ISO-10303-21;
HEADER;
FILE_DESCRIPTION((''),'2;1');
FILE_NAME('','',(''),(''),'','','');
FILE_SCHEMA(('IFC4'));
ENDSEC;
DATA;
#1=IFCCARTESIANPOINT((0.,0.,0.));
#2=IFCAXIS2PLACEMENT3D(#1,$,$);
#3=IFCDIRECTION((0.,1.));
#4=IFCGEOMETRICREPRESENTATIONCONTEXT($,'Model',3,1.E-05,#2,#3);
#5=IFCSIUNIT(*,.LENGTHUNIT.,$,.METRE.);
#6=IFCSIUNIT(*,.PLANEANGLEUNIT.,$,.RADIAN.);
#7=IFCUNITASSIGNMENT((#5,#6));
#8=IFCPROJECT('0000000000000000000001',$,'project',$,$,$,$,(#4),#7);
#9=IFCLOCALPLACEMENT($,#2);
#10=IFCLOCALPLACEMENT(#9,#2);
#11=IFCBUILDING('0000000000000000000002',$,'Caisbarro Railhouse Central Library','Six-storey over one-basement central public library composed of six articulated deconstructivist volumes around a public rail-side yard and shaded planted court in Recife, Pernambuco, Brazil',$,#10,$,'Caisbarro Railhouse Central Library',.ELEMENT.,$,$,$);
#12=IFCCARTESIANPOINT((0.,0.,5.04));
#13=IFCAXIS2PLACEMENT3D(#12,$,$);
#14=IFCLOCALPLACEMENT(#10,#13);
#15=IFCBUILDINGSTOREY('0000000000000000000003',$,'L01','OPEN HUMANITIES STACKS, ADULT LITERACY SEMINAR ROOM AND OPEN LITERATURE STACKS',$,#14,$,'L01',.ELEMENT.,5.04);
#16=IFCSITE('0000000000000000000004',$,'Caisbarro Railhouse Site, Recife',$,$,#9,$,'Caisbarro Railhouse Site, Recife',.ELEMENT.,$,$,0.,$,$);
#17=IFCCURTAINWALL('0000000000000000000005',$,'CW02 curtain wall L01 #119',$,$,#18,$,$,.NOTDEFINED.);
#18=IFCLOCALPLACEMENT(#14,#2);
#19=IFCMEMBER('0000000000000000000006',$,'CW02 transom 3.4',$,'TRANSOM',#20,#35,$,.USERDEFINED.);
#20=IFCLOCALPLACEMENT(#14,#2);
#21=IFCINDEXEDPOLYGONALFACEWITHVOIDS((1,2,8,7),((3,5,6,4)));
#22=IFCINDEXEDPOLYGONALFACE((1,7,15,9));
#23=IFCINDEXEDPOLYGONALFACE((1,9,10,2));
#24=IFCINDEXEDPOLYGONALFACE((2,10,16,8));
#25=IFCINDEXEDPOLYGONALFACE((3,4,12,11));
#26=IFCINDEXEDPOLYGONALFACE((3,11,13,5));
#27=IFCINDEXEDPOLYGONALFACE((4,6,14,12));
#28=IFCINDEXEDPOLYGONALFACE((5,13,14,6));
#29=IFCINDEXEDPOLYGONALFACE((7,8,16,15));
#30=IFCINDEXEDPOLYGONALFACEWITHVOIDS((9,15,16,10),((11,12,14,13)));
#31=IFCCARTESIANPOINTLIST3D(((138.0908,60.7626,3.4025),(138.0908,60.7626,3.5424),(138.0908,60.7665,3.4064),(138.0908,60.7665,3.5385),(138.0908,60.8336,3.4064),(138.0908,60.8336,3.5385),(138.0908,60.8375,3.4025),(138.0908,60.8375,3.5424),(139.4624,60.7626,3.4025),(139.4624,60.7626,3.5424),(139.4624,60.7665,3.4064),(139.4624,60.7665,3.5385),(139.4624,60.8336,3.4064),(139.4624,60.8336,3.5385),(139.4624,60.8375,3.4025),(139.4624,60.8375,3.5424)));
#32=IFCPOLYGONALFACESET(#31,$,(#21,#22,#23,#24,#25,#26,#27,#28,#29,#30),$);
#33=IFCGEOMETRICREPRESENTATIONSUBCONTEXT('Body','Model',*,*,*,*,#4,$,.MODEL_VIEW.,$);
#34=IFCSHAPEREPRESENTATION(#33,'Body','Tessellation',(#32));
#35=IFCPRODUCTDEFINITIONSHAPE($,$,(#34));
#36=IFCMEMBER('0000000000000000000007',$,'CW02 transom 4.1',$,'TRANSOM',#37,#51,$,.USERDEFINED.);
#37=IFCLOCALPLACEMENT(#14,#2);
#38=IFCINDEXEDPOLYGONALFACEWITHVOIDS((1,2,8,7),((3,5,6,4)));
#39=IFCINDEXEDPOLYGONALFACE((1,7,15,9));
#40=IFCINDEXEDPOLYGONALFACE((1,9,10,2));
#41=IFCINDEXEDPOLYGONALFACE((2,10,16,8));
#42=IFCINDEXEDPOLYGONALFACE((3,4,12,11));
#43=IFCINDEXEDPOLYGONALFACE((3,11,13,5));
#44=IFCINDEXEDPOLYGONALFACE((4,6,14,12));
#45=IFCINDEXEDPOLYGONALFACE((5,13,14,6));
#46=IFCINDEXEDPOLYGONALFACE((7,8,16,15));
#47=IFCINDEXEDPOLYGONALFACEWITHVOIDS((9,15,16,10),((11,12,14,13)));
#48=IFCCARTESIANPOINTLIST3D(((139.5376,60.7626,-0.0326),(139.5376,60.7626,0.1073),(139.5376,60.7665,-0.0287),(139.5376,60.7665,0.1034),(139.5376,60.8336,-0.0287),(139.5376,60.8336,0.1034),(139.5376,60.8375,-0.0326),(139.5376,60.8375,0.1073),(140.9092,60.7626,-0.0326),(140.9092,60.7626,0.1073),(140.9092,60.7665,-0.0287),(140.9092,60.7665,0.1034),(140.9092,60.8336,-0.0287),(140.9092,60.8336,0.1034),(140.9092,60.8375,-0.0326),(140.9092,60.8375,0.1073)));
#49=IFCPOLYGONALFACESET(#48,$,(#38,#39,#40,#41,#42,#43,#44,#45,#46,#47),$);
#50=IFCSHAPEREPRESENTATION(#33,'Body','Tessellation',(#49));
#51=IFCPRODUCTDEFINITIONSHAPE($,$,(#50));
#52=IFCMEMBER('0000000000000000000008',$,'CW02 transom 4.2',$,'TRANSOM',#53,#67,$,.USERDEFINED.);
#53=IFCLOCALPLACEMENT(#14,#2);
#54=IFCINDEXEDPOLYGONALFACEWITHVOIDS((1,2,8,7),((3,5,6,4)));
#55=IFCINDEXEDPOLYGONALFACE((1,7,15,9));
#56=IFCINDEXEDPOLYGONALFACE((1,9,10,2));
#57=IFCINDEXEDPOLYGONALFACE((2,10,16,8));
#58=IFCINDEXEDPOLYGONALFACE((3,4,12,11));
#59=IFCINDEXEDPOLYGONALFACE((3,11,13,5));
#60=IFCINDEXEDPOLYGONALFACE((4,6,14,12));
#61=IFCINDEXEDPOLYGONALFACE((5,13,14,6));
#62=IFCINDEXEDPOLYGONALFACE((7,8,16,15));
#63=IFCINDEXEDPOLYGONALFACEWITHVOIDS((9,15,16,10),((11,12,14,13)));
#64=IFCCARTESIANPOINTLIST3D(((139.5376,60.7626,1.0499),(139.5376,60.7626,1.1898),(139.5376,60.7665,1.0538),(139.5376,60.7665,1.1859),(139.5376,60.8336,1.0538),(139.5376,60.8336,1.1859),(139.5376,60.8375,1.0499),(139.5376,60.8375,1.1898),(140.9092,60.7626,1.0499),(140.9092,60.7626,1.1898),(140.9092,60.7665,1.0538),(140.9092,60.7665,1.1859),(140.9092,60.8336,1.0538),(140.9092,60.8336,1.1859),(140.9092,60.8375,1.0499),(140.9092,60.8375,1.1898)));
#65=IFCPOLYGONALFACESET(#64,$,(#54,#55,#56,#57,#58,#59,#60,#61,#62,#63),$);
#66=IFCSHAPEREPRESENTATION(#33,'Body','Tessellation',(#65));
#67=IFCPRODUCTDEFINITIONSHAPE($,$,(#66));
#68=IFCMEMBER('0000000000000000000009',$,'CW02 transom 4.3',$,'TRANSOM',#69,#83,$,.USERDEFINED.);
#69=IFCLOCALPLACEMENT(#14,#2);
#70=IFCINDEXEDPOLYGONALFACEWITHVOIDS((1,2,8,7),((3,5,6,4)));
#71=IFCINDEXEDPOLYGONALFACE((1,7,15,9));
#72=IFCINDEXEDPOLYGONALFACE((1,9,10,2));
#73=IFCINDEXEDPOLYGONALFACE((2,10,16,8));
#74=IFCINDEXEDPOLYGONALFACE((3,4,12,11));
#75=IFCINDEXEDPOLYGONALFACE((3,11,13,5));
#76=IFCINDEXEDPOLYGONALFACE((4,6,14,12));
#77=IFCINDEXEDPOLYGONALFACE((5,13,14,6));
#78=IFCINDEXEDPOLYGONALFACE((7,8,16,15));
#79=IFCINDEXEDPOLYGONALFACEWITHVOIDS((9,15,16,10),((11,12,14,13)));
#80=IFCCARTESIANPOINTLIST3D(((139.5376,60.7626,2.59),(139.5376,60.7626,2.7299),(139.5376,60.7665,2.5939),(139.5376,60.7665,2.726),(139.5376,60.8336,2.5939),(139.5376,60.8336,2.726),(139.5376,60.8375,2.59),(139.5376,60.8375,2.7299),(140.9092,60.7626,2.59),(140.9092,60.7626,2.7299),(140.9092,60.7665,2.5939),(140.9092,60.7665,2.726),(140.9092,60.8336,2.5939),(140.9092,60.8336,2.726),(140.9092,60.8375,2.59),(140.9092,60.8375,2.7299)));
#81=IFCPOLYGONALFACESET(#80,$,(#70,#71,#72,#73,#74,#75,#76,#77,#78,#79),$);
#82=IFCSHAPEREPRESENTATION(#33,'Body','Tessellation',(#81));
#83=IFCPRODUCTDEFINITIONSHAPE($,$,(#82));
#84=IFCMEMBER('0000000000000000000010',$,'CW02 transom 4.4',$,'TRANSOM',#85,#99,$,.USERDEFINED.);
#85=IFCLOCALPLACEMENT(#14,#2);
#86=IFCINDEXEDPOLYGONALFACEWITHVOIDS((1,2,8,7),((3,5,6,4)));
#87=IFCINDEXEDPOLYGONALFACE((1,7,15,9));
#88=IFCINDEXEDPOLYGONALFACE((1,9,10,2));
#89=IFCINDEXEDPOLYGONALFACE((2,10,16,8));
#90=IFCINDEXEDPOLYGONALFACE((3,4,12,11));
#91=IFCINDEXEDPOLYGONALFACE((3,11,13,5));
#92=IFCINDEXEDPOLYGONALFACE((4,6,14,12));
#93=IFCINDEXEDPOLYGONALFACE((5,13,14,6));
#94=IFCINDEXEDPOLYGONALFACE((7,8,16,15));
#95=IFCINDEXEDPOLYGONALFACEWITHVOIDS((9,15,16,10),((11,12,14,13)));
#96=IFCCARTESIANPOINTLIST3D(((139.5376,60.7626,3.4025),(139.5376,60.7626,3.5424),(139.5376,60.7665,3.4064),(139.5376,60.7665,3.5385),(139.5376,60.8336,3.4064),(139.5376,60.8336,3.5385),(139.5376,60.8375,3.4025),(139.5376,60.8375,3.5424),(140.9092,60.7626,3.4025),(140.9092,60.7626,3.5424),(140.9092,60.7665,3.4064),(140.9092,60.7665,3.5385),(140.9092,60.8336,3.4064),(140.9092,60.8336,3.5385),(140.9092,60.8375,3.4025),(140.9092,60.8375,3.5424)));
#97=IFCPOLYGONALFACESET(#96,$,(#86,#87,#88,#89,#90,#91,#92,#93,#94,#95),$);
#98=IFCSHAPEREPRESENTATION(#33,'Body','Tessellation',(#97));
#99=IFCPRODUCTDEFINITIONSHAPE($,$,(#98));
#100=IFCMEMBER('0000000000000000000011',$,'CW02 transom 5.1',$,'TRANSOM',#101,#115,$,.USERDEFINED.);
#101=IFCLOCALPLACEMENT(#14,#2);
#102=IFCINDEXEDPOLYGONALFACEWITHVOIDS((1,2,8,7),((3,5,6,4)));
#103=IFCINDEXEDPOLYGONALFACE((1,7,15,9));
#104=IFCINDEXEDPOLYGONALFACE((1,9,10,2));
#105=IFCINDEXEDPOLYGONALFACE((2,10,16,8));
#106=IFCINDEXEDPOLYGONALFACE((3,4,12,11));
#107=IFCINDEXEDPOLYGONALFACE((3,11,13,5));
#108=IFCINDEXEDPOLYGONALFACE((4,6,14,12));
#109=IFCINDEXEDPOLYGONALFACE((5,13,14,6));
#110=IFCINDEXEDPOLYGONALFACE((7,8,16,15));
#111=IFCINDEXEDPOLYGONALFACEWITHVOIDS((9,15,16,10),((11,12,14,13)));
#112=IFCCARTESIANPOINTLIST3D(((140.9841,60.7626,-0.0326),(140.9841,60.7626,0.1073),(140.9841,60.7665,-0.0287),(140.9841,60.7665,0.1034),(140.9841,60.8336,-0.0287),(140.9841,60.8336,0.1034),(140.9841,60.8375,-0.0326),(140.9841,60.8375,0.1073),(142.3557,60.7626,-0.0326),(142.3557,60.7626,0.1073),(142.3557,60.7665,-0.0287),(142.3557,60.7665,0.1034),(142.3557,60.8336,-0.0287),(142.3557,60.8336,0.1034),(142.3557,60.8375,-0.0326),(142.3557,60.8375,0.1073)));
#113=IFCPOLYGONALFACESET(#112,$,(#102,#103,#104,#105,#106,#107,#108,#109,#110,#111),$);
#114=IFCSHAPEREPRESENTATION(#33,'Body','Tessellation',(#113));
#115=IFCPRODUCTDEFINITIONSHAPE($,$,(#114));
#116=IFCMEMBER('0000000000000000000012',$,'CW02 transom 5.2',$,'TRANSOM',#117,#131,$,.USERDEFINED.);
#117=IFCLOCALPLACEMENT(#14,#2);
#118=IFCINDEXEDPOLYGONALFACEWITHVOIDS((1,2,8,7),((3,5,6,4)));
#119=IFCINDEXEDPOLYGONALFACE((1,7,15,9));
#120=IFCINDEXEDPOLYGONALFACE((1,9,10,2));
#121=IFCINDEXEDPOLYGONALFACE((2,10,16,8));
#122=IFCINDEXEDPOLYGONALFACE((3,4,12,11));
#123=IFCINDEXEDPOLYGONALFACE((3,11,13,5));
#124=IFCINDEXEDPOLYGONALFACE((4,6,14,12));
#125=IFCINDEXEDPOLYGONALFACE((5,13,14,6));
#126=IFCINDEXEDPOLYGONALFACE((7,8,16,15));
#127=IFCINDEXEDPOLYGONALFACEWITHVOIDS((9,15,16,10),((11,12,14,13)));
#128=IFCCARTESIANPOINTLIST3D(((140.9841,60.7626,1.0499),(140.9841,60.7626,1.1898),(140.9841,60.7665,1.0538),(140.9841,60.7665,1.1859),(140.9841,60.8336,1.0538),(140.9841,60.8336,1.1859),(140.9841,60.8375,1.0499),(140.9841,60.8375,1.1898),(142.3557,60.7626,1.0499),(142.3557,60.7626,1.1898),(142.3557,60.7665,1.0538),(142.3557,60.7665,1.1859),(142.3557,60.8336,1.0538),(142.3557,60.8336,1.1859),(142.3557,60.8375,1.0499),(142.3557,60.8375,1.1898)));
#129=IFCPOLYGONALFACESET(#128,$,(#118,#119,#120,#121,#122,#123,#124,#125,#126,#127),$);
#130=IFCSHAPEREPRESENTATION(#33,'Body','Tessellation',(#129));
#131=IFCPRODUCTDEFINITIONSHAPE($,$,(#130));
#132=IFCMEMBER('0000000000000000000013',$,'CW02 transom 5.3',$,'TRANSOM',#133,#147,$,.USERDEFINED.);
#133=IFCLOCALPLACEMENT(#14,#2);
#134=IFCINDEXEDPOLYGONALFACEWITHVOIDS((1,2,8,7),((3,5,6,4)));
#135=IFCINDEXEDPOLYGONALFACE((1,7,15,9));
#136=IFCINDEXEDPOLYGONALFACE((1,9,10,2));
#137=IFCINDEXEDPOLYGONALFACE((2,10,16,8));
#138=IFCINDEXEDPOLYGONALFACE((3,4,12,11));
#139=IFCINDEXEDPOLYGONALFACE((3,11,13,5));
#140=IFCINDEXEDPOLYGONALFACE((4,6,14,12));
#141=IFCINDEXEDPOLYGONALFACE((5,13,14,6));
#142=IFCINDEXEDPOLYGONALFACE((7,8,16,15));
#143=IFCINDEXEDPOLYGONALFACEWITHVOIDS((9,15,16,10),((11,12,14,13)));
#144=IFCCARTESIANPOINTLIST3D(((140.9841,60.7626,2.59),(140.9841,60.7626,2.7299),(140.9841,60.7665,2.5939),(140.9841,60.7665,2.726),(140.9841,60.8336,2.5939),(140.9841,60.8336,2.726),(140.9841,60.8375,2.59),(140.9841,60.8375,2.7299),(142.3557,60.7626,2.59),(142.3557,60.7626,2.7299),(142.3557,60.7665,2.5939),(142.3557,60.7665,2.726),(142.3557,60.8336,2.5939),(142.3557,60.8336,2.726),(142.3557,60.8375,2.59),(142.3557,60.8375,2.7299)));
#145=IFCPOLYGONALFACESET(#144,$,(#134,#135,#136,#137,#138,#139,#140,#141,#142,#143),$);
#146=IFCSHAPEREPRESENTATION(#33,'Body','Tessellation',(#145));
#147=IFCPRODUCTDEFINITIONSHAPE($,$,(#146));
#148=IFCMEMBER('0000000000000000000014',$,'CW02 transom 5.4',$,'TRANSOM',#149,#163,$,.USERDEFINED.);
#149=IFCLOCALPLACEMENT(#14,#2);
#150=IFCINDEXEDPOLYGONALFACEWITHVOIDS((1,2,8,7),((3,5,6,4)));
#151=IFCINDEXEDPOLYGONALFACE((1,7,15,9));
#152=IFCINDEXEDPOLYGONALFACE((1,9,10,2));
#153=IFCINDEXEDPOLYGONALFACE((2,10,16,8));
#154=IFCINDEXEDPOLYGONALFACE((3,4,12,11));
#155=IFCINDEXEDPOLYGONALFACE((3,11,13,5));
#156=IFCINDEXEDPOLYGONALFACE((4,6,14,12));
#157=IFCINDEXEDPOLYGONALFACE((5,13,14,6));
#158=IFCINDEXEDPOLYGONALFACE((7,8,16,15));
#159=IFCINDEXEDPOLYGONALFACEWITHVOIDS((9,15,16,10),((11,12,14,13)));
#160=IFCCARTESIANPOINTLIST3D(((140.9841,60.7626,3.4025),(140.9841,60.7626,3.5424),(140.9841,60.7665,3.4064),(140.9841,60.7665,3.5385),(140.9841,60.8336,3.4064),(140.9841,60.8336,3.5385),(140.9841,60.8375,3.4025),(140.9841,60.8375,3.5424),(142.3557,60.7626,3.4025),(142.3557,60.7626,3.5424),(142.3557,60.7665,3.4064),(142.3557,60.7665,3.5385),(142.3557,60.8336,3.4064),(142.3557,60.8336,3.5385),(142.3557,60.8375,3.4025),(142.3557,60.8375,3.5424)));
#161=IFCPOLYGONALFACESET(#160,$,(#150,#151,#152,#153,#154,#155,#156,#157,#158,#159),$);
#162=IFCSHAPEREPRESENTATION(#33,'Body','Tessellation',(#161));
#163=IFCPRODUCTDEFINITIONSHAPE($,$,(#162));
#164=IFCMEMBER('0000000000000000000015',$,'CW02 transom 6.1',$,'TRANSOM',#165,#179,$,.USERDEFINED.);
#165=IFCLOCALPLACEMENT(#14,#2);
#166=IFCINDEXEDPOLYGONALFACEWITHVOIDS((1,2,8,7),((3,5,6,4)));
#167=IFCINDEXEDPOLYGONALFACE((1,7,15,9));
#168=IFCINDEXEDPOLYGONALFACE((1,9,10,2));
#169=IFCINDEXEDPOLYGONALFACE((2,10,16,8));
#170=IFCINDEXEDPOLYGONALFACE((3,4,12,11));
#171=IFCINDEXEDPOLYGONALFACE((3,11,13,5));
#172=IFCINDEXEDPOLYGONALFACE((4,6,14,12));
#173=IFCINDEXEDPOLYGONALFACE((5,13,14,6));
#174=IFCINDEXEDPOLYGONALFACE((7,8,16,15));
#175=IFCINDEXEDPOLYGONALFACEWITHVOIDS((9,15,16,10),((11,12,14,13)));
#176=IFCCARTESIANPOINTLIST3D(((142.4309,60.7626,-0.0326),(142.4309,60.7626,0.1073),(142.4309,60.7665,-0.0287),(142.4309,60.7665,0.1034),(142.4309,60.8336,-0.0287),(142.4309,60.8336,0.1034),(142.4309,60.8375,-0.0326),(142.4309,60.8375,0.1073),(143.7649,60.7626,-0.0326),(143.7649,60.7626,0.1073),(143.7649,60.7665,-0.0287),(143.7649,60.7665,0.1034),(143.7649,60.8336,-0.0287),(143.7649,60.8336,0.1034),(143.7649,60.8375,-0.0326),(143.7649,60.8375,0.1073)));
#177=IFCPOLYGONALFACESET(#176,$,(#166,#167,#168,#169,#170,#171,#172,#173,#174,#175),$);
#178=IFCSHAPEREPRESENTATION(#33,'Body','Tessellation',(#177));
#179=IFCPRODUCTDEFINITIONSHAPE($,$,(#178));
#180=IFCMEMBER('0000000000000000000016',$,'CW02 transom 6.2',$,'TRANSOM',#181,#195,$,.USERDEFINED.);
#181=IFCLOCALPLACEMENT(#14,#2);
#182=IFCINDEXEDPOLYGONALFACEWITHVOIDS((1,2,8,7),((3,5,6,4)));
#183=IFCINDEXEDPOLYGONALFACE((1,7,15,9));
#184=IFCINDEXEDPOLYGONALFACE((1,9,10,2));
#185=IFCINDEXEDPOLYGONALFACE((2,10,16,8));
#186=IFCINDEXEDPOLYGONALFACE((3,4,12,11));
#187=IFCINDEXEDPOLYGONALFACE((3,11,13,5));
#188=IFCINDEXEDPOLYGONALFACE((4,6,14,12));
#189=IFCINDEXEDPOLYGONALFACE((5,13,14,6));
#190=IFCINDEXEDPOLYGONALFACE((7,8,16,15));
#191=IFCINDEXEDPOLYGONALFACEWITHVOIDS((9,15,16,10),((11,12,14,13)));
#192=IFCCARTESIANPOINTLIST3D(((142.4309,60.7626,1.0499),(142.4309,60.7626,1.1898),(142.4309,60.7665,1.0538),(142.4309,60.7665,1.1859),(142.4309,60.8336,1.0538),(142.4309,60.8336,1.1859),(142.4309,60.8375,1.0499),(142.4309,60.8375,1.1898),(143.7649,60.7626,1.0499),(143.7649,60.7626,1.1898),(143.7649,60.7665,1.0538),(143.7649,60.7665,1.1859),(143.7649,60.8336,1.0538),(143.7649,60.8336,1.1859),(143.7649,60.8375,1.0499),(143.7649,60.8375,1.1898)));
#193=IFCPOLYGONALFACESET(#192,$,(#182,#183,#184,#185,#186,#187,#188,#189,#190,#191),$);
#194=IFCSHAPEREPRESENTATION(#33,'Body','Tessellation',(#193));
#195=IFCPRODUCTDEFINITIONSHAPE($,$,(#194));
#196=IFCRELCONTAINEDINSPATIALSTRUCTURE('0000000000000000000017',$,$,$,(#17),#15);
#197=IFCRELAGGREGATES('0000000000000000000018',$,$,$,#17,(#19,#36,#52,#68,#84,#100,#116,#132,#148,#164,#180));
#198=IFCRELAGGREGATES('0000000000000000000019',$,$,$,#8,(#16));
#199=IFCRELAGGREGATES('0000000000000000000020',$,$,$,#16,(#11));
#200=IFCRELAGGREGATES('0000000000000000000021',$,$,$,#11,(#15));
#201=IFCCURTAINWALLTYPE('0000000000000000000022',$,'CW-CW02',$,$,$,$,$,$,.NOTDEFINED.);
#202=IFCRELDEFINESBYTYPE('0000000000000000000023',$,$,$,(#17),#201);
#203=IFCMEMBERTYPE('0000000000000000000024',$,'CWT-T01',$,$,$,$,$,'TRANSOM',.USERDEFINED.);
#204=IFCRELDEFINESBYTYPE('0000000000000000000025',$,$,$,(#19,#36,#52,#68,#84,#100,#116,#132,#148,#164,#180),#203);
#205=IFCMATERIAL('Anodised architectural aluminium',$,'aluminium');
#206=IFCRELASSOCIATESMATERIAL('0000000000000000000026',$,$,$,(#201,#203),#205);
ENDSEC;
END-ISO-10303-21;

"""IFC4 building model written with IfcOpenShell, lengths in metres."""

from ifc_helpers import new_model, si_unit, direction, frame, origin, origin_2d, place, context, subcontext, project, spatial, hollow_rectangle, extrude, material, material_profile, profile_set, type_object, element, aggregate, save


model = new_model("IFC4")

# Units and contexts
model_context = context("Model", 3, precision=1e-05, world=origin(), true_north=direction((0.0, 1.0)))
body_context = subcontext(model_context, "Body", "Model", "MODEL_VIEW")
ifc_project = project(units=[si_unit("LENGTHUNIT", "METRE"), si_unit("PLANEANGLEUNIT", "RADIAN")], contexts=[model_context])

# Site, building, storey
site_placement = place(None, origin())
site = spatial("IfcSite", under=ifc_project, at=site_placement, Name="Caisbarro Railhouse Site, Recife", LongName="Caisbarro Railhouse Site, Recife", CompositionType="ELEMENT", RefElevation=0.0)
building_placement = place(site_placement, origin())
building = spatial("IfcBuilding", under=site, at=building_placement, Name="Caisbarro Railhouse Central Library", Description="Six-storey over one-basement central public library composed of six articulated deconstructivist volumes around a public rail-side yard and shaded planted court in Recife, Pernambuco, Brazil", LongName="Caisbarro Railhouse Central Library", CompositionType="ELEMENT")
storey_placement = place(building_placement, frame((0.0, 0.0, 5.04)))
storey = spatial("IfcBuildingStorey", under=building, at=storey_placement, Name="L01", Description="OPEN HUMANITIES STACKS, ADULT LITERACY SEMINAR ROOM AND OPEN LITERATURE STACKS", LongName="L01", CompositionType="ELEMENT", Elevation=5.04)

# Curtain wall, members
ifc_material_1 = material(Name="Anodised architectural aluminium", Category="aluminium")
curtain_wall_type = type_object("IfcCurtainWallType", Name="CW-CW02", PredefinedType="NOTDEFINED", material=ifc_material_1)
curtain_wall_placement = place(storey_placement, origin())
curtain_wall = element("IfcCurtainWall", 1, at=curtain_wall_placement, inside=storey, type_object=curtain_wall_type, Name="CW02 curtain wall L01 #119", PredefinedType="NOTDEFINED")
ifc_material_profile_1 = material_profile(ifc_material_1, hollow_rectangle(XDim=0.075, YDim=0.1399, WallThickness=0.0039, at=origin_2d()), Name="ALU-TRN-75X140")
ifc_profile_set_1 = profile_set([ifc_material_profile_1], Name="Anodised architectural aluminium")
member_type_1 = type_object("IfcMemberType", Name="CWT-T01", ElementType="TRANSOM", PredefinedType="USERDEFINED", material=ifc_profile_set_1)
member_1_placement = place(storey_placement, frame((138.0908, 60.8, 3.4724), z_axis=(1.0, 0.0, 0.0), x_axis=(0.0, 1.0, 0.0)))
member_1 = element("IfcMember", 2, at=member_1_placement, type_object=member_type_1, Name="CW02 transom 3.4", ObjectType="TRANSOM", PredefinedType="USERDEFINED", context=body_context, shape_type="SweptSolid", body=[
    extrude(hollow_rectangle(XDim=0.075, YDim=0.1399, WallThickness=0.0039, at=origin_2d()), origin(), (0.0, 0.0, 1.0), 1.3716),
])
member_2_placement = place(storey_placement, frame((139.5376, 60.8, 0.0374), z_axis=(1.0, 0.0, 0.0), x_axis=(0.0, 1.0, 0.0)))
member_2 = element("IfcMember", 3, at=member_2_placement, type_object=member_type_1, Name="CW02 transom 4.1", ObjectType="TRANSOM", PredefinedType="USERDEFINED", context=body_context, shape_type="SweptSolid", body=[
    extrude(hollow_rectangle(XDim=0.075, YDim=0.1399, WallThickness=0.0039, at=origin_2d()), origin(), (0.0, 0.0, 1.0), 1.3716),
])
member_3_placement = place(storey_placement, frame((139.5376, 60.8, 1.1199), z_axis=(1.0, 0.0, 0.0), x_axis=(0.0, 1.0, 0.0)))
member_3 = element("IfcMember", 4, at=member_3_placement, type_object=member_type_1, Name="CW02 transom 4.2", ObjectType="TRANSOM", PredefinedType="USERDEFINED", context=body_context, shape_type="SweptSolid", body=[
    extrude(hollow_rectangle(XDim=0.075, YDim=0.1399, WallThickness=0.0039, at=origin_2d()), origin(), (0.0, 0.0, 1.0), 1.3716),
])
member_4_placement = place(storey_placement, frame((139.5376, 60.8, 2.6599), z_axis=(1.0, 0.0, 0.0), x_axis=(0.0, 1.0, 0.0)))
member_4 = element("IfcMember", 5, at=member_4_placement, type_object=member_type_1, Name="CW02 transom 4.3", ObjectType="TRANSOM", PredefinedType="USERDEFINED", context=body_context, shape_type="SweptSolid", body=[
    extrude(hollow_rectangle(XDim=0.075, YDim=0.1399, WallThickness=0.0039, at=origin_2d()), origin(), (0.0, 0.0, 1.0), 1.3716),
])
member_5_placement = place(storey_placement, frame((139.5376, 60.8, 3.4724), z_axis=(1.0, 0.0, 0.0), x_axis=(0.0, 1.0, 0.0)))
member_5 = element("IfcMember", 6, at=member_5_placement, type_object=member_type_1, Name="CW02 transom 4.4", ObjectType="TRANSOM", PredefinedType="USERDEFINED", context=body_context, shape_type="SweptSolid", body=[
    extrude(hollow_rectangle(XDim=0.075, YDim=0.1399, WallThickness=0.0039, at=origin_2d()), origin(), (0.0, 0.0, 1.0), 1.3716),
])
member_6_placement = place(storey_placement, frame((140.9841, 60.8, 0.0374), z_axis=(1.0, 0.0, 0.0), x_axis=(0.0, 1.0, 0.0)))
member_6 = element("IfcMember", 7, at=member_6_placement, type_object=member_type_1, Name="CW02 transom 5.1", ObjectType="TRANSOM", PredefinedType="USERDEFINED", context=body_context, shape_type="SweptSolid", body=[
    extrude(hollow_rectangle(XDim=0.075, YDim=0.1399, WallThickness=0.0039, at=origin_2d()), origin(), (0.0, 0.0, 1.0), 1.3716),
])
member_7_placement = place(storey_placement, frame((140.9841, 60.8, 1.1199), z_axis=(1.0, 0.0, 0.0), x_axis=(0.0, 1.0, 0.0)))
member_7 = element("IfcMember", 8, at=member_7_placement, type_object=member_type_1, Name="CW02 transom 5.2", ObjectType="TRANSOM", PredefinedType="USERDEFINED", context=body_context, shape_type="SweptSolid", body=[
    extrude(hollow_rectangle(XDim=0.075, YDim=0.1399, WallThickness=0.0039, at=origin_2d()), origin(), (0.0, 0.0, 1.0), 1.3716),
])
member_8_placement = place(storey_placement, frame((140.9841, 60.8, 2.6599), z_axis=(1.0, 0.0, 0.0), x_axis=(0.0, 1.0, 0.0)))
member_8 = element("IfcMember", 9, at=member_8_placement, type_object=member_type_1, Name="CW02 transom 5.3", ObjectType="TRANSOM", PredefinedType="USERDEFINED", context=body_context, shape_type="SweptSolid", body=[
    extrude(hollow_rectangle(XDim=0.075, YDim=0.1399, WallThickness=0.0039, at=origin_2d()), origin(), (0.0, 0.0, 1.0), 1.3716),
])
member_9_placement = place(storey_placement, frame((140.9841, 60.8, 3.4724), z_axis=(1.0, 0.0, 0.0), x_axis=(0.0, 1.0, 0.0)))
member_9 = element("IfcMember", 10, at=member_9_placement, type_object=member_type_1, Name="CW02 transom 5.4", ObjectType="TRANSOM", PredefinedType="USERDEFINED", context=body_context, shape_type="SweptSolid", body=[
    extrude(hollow_rectangle(XDim=0.075, YDim=0.1399, WallThickness=0.0039, at=origin_2d()), origin(), (0.0, 0.0, 1.0), 1.3716),
])
member_10_placement = place(storey_placement, frame((142.4309, 60.8, 0.0374), z_axis=(1.0, 0.0, 0.0), x_axis=(0.0, 1.0, 0.0)))
member_10 = element("IfcMember", 11, at=member_10_placement, type_object=member_type_1, Name="CW02 transom 6.1", ObjectType="TRANSOM", PredefinedType="USERDEFINED", context=body_context, shape_type="SweptSolid", body=[
    extrude(hollow_rectangle(XDim=0.075, YDim=0.1399, WallThickness=0.0039, at=origin_2d()), origin(), (0.0, 0.0, 1.0), 1.334),
])
member_11_placement = place(storey_placement, frame((142.4309, 60.8, 1.1199), z_axis=(1.0, 0.0, 0.0), x_axis=(0.0, 1.0, 0.0)))
member_11 = element("IfcMember", 12, at=member_11_placement, type_object=member_type_1, Name="CW02 transom 6.2", ObjectType="TRANSOM", PredefinedType="USERDEFINED", context=body_context, shape_type="SweptSolid", body=[
    extrude(hollow_rectangle(XDim=0.075, YDim=0.1399, WallThickness=0.0039, at=origin_2d()), origin(), (0.0, 0.0, 1.0), 1.334),
])
aggregate(curtain_wall, [member_1, member_2, member_3, member_4, member_5, member_6, member_7, member_8, member_9, member_10, member_11])

save(model, "model.ifc")
